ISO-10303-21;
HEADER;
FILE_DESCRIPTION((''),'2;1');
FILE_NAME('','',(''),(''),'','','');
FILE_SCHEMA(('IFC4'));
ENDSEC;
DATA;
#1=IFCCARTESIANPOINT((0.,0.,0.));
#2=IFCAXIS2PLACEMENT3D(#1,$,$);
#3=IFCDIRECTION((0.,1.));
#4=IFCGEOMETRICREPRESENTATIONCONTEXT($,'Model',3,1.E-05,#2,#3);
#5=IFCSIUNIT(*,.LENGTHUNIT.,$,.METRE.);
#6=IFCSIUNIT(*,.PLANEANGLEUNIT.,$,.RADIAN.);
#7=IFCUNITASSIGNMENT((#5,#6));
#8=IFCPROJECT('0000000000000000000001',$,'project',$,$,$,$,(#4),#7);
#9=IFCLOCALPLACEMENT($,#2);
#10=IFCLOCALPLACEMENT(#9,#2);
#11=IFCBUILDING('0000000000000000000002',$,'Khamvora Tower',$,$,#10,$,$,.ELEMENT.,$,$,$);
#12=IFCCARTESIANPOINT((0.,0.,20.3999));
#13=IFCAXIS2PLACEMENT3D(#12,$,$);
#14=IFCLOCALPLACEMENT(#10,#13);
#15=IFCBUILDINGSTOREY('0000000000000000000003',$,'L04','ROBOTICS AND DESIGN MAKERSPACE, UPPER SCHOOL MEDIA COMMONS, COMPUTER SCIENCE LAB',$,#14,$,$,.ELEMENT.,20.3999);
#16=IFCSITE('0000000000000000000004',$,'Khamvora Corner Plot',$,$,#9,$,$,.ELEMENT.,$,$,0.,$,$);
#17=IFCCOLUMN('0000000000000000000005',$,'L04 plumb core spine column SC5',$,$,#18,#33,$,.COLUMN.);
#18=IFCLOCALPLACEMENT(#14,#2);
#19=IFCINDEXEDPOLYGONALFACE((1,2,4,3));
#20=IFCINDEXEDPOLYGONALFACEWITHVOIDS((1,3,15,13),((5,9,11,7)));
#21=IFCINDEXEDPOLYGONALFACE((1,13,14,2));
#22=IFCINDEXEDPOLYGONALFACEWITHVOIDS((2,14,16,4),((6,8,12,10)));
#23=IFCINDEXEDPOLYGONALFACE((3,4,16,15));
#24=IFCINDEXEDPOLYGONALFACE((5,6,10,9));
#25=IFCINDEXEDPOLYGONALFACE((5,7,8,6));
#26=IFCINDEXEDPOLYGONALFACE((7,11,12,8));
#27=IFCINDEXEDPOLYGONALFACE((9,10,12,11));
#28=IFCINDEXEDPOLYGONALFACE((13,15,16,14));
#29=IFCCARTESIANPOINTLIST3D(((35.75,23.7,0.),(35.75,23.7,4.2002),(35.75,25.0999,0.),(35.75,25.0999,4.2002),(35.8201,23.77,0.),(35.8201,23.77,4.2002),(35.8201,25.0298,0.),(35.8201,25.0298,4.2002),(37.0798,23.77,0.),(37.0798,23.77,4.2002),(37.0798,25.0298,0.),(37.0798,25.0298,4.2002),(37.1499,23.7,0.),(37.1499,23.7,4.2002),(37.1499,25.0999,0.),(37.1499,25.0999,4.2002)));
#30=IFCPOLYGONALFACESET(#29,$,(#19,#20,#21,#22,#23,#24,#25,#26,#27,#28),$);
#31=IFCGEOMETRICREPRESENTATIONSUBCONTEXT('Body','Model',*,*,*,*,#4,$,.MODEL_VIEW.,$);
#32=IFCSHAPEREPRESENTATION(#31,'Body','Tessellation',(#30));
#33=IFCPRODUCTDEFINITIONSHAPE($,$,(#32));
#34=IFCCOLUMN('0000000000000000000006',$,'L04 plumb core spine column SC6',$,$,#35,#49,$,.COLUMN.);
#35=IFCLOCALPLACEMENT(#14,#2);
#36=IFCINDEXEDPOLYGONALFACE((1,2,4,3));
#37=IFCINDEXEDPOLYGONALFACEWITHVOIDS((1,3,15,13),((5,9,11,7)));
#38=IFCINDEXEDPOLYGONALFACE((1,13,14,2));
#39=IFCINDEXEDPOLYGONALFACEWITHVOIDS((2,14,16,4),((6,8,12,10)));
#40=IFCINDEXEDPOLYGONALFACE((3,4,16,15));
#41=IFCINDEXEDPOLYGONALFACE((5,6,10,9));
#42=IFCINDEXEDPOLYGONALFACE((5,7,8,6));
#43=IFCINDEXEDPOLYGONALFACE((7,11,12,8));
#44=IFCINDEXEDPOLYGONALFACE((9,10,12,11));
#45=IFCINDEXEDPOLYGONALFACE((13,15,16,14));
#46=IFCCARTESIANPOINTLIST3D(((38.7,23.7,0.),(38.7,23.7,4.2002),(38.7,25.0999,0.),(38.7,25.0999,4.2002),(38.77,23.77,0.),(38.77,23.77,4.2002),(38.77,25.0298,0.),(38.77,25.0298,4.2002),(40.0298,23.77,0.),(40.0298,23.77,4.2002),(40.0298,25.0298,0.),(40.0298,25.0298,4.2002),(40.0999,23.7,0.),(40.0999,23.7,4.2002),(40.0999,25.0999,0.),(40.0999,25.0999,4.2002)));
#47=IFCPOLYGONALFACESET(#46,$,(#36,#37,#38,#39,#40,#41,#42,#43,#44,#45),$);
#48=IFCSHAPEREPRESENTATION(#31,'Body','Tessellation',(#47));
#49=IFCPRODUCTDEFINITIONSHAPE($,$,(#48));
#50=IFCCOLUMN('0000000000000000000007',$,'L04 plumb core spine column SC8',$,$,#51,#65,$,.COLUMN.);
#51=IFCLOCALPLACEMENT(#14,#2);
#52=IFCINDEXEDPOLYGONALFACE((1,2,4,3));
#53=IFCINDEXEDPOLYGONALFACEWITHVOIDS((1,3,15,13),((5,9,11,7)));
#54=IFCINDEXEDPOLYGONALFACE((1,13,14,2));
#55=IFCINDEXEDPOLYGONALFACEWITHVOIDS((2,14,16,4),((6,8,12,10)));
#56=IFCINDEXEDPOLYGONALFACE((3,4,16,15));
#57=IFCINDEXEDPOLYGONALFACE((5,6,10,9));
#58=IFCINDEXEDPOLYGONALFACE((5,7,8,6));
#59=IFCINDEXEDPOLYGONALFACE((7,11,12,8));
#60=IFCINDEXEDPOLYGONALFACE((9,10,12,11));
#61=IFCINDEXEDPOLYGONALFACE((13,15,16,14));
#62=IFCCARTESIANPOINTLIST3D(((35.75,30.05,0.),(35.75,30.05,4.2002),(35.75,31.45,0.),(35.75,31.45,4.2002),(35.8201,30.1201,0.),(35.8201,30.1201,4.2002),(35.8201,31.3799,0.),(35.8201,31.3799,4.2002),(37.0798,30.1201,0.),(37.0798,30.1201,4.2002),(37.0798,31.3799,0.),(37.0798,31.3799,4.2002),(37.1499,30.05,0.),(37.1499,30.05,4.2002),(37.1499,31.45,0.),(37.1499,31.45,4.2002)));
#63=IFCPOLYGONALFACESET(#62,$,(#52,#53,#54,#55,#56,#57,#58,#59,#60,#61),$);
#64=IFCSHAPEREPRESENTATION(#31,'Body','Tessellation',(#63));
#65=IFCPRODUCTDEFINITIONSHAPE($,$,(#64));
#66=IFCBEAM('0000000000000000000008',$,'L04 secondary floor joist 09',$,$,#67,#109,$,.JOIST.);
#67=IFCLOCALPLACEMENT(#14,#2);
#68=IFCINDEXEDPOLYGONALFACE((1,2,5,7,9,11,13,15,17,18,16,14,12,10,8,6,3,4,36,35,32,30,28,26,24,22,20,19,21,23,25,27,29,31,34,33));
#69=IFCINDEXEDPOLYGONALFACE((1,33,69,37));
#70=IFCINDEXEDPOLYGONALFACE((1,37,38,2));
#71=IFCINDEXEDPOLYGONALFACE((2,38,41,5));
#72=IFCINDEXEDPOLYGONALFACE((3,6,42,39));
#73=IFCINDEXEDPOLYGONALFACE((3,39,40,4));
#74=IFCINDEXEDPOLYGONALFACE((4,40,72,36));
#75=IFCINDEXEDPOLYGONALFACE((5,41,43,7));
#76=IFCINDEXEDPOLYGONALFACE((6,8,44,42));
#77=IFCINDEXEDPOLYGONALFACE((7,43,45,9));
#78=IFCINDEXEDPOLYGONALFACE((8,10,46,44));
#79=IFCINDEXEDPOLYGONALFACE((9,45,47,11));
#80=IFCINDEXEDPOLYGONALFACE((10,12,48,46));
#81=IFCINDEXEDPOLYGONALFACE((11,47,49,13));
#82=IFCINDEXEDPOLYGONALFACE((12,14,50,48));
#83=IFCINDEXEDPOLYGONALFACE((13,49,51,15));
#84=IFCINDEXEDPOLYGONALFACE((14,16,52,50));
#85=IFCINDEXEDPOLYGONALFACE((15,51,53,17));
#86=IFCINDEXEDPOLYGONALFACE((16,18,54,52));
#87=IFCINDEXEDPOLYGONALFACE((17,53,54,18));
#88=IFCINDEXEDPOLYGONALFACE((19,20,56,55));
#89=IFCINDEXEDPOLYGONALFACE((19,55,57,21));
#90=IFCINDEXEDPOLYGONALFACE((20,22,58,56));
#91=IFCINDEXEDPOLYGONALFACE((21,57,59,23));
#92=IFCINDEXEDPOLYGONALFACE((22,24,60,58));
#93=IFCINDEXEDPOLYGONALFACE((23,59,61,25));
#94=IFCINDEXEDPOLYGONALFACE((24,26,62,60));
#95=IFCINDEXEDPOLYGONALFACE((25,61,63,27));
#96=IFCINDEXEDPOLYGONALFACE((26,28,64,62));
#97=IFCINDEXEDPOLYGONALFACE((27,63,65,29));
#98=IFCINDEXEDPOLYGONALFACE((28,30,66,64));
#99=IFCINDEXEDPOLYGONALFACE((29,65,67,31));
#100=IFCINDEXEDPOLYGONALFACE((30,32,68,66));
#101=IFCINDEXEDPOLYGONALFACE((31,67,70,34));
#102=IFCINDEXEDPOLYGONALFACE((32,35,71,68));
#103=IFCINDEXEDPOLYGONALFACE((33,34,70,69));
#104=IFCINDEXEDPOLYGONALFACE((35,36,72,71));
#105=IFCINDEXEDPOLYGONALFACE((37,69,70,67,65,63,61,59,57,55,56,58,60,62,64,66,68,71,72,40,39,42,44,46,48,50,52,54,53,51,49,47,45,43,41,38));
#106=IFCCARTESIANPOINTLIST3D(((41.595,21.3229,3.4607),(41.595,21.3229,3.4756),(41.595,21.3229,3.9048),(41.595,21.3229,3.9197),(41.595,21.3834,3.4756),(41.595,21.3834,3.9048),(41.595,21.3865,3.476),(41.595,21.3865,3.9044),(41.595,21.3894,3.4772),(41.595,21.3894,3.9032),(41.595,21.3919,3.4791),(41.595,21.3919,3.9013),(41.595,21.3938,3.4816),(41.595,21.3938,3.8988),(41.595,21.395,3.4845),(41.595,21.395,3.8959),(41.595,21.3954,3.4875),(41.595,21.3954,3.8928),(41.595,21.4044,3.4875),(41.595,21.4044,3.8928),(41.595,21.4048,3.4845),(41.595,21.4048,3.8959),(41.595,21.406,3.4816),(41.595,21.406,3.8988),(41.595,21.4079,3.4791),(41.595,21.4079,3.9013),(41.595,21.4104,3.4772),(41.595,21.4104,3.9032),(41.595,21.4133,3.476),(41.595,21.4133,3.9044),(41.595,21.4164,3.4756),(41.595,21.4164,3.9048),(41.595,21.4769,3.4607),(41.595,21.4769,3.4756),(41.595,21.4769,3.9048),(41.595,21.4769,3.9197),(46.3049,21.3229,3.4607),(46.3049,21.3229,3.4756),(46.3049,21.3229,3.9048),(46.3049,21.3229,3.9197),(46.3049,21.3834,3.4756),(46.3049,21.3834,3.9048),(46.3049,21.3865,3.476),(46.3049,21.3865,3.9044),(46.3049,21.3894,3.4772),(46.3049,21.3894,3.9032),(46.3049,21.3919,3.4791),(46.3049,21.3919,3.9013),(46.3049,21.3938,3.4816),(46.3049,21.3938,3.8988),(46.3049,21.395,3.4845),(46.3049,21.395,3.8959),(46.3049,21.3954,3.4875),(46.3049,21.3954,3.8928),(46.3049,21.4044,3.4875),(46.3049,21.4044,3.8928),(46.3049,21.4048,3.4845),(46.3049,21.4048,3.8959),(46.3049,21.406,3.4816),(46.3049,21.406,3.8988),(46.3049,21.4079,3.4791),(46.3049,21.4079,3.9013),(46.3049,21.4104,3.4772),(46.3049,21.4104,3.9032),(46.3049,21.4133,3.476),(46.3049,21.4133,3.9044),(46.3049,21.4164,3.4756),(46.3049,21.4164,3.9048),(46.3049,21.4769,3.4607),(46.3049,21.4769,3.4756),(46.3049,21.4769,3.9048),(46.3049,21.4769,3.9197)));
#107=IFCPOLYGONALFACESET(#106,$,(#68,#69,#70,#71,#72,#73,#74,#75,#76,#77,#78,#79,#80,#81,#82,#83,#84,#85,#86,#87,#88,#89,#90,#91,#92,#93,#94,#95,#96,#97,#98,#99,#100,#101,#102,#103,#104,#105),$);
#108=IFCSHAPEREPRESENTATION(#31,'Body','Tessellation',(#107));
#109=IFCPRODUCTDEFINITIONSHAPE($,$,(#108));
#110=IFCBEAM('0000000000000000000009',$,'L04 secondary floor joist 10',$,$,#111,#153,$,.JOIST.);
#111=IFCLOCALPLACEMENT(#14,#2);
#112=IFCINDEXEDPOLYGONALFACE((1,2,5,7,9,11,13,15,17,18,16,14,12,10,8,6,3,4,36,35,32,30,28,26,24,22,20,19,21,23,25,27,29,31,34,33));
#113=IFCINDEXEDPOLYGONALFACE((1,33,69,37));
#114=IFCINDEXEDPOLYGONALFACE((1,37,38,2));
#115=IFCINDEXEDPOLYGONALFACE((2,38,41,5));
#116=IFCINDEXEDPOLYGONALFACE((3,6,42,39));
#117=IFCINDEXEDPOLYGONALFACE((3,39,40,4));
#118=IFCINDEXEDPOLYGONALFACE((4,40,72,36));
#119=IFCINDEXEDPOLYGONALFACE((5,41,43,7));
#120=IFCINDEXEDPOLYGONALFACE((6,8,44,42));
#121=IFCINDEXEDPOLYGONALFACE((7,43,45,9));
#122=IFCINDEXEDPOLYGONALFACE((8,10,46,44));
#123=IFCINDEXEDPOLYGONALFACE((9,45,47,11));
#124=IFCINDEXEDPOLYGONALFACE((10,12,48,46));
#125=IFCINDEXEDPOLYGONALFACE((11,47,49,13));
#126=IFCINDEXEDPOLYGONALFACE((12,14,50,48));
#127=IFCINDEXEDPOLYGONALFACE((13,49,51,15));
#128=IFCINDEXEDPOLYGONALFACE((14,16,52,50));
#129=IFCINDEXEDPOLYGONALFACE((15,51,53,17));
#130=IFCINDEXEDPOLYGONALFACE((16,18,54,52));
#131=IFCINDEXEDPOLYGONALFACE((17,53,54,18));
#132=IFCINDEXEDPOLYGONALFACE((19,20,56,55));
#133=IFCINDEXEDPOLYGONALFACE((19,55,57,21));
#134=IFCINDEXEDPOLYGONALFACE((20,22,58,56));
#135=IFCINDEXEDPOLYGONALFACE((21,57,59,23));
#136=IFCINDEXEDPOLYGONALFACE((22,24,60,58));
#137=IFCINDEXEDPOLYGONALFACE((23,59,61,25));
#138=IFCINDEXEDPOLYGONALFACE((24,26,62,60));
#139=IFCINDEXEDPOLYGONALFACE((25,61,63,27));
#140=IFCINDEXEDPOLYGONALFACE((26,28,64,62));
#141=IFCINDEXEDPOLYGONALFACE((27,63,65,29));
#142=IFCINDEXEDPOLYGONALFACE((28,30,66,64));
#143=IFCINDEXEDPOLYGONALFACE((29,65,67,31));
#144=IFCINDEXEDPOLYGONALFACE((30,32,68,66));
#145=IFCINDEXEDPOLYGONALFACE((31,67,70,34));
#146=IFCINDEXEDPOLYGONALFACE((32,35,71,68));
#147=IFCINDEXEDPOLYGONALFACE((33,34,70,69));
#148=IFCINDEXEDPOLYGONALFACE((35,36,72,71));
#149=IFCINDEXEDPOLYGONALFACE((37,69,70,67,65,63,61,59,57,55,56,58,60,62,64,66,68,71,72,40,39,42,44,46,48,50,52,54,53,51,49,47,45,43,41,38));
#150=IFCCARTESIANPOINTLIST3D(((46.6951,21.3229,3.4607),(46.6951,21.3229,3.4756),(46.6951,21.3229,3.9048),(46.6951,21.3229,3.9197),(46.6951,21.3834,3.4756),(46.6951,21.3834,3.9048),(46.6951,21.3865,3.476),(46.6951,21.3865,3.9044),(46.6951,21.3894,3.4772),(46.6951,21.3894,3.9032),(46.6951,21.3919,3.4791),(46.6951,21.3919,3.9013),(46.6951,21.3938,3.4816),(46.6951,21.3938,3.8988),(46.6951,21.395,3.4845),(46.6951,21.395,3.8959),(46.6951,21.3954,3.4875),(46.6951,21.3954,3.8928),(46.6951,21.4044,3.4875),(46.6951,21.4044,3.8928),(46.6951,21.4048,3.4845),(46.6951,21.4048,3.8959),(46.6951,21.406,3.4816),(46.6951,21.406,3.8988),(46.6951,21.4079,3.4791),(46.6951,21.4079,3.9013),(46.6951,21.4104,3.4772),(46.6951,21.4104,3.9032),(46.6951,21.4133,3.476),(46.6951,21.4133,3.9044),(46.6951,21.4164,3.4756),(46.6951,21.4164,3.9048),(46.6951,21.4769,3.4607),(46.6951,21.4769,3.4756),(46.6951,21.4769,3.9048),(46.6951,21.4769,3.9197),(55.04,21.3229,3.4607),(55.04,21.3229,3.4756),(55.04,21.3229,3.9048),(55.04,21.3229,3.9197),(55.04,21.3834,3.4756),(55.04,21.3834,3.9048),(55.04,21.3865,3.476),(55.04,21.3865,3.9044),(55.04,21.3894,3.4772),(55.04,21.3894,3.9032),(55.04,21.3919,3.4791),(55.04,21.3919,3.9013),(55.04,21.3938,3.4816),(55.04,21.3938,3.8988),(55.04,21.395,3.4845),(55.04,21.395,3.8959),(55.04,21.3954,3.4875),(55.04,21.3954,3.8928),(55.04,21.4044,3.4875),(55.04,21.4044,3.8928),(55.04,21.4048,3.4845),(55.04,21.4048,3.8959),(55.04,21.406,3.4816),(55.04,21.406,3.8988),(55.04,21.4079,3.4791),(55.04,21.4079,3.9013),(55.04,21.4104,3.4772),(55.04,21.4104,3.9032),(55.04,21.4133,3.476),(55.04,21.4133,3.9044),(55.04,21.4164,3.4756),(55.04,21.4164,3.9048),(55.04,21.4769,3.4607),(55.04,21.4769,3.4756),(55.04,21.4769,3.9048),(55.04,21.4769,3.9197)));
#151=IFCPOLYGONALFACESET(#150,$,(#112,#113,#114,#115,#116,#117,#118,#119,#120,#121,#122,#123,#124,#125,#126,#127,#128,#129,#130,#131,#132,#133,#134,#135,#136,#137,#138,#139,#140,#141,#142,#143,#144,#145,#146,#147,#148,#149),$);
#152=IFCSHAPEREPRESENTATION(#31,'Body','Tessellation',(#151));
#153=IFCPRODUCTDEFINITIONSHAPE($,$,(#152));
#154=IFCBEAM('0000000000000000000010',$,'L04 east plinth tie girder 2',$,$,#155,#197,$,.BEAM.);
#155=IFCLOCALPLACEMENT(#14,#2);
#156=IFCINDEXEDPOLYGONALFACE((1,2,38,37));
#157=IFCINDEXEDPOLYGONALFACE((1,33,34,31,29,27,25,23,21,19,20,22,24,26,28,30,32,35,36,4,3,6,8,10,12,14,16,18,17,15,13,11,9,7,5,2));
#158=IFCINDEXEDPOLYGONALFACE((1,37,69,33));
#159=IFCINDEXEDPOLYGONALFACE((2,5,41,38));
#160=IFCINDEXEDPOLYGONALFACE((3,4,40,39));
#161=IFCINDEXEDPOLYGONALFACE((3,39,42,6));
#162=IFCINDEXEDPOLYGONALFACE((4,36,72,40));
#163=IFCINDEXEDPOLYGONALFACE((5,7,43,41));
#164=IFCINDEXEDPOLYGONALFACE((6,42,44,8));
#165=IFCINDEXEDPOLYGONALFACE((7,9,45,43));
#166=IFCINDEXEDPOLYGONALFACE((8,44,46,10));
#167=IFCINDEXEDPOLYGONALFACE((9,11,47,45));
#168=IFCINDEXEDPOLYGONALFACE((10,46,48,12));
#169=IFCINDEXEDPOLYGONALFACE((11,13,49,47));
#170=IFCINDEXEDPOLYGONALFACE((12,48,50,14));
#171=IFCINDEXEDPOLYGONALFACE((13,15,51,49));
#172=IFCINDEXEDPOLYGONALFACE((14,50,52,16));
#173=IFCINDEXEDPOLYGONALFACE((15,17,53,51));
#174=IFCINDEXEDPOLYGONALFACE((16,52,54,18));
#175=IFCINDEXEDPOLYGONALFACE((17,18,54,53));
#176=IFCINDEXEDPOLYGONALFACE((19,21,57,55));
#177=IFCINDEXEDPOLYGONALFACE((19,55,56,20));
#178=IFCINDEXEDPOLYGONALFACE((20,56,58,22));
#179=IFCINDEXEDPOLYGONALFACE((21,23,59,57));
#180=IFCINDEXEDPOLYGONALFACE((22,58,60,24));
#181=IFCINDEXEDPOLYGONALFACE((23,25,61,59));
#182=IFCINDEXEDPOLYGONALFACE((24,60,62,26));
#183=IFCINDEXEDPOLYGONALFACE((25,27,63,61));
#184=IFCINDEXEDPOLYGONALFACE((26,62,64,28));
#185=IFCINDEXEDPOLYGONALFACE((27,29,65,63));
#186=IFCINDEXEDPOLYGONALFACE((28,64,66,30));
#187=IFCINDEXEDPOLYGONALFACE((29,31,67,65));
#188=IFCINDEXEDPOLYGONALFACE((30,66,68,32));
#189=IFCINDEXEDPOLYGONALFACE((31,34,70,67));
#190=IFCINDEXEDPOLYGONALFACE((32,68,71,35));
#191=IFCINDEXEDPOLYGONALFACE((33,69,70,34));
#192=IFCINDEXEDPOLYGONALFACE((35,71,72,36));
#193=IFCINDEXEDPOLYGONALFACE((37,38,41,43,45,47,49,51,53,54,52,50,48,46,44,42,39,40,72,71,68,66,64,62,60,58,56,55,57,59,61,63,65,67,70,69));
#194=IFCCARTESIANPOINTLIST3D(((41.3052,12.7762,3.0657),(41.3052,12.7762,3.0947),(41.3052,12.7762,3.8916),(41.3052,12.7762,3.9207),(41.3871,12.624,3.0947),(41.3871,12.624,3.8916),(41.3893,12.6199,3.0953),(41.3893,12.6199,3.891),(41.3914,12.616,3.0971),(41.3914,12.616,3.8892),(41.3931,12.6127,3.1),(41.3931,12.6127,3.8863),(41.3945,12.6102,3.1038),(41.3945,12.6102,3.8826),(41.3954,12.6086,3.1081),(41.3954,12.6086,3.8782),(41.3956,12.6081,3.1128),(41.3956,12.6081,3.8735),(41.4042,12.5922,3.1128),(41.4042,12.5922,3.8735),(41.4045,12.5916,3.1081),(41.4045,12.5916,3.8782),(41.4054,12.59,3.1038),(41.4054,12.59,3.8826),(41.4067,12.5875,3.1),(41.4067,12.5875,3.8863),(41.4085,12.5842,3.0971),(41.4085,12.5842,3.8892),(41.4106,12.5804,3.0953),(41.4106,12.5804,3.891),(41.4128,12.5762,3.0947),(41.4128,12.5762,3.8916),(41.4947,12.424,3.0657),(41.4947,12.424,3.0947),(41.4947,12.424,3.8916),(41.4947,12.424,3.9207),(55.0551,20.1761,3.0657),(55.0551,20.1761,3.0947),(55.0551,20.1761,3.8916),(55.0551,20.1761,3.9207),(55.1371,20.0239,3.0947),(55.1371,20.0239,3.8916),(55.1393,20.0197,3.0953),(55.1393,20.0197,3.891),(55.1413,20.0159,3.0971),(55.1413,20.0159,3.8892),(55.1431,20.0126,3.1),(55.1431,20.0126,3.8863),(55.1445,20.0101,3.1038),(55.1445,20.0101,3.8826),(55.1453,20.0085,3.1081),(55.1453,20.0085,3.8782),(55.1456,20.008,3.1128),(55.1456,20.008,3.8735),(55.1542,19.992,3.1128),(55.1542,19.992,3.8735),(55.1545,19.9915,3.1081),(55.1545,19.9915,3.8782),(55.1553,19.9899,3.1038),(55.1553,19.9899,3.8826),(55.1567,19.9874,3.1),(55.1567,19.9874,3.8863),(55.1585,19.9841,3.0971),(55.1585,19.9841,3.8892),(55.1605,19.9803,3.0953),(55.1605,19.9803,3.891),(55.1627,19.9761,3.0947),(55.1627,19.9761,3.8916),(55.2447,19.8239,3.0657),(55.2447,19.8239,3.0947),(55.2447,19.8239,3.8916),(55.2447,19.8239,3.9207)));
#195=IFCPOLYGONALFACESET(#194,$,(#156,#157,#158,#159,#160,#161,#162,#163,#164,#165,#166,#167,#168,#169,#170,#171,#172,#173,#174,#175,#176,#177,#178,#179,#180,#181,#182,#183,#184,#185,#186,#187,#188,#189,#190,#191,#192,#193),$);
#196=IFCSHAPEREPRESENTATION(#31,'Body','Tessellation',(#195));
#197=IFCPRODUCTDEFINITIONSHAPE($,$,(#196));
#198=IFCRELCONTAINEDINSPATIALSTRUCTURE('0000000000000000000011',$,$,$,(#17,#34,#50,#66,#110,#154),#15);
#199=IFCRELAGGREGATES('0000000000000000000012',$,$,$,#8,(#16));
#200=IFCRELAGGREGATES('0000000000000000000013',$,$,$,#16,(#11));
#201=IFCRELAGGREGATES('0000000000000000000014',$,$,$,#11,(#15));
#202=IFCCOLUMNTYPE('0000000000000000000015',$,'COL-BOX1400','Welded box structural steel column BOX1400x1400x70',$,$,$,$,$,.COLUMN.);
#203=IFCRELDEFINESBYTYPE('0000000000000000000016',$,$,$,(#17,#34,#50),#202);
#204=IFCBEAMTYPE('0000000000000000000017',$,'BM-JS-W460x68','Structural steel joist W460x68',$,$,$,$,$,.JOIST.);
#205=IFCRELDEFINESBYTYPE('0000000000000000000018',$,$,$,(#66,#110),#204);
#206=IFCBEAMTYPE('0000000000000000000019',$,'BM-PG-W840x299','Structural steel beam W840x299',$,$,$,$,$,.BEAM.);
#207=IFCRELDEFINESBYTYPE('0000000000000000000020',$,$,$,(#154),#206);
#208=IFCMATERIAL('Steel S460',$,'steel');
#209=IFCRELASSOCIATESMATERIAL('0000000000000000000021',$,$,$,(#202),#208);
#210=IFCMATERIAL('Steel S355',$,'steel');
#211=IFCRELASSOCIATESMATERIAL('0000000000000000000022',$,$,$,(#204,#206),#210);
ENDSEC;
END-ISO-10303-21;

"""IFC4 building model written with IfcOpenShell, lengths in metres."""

from ifc_helpers import new_model, si_unit, direction, frame, origin, origin_2d, place, context, subcontext, project, spatial, hollow_rectangle, i_section, extrude, material, material_profile, profile_set, type_object, element, save


model = new_model("IFC4")

# Units and contexts
model_context = context("Model", 3, precision=1e-05, world=origin(), true_north=direction((0.0, 1.0)))
body_context = subcontext(model_context, "Body", "Model", "MODEL_VIEW")
ifc_project = project(units=[si_unit("LENGTHUNIT", "METRE"), si_unit("PLANEANGLEUNIT", "RADIAN")], contexts=[model_context])

# Site, building, storey
site_placement = place(None, origin())
site = spatial("IfcSite", under=ifc_project, at=site_placement, Name="Khamvora Corner Plot", CompositionType="ELEMENT", RefElevation=0.0)
building_placement = place(site_placement, origin())
building = spatial("IfcBuilding", under=site, at=building_placement, Name="Khamvora Tower", CompositionType="ELEMENT")
storey_placement = place(building_placement, frame((0.0, 0.0, 20.3999)))
storey = spatial("IfcBuildingStorey", under=building, at=storey_placement, Name="L04", Description="ROBOTICS AND DESIGN MAKERSPACE, UPPER SCHOOL MEDIA COMMONS, COMPUTER SCIENCE LAB", CompositionType="ELEMENT", Elevation=20.3999)

# Columns
ifc_material_1 = material(Name="Steel S460", Category="steel")
ifc_material_profile_1 = material_profile(ifc_material_1, hollow_rectangle(XDim=1.3999, YDim=1.3999, WallThickness=0.0701, at=origin_2d()), Name="BOX1400x1400x70")
ifc_profile_set_1 = profile_set([ifc_material_profile_1], Name="Steel S460")
column_type = type_object("IfcColumnType", Name="COL-BOX1400", Description="Welded box structural steel column BOX1400x1400x70", PredefinedType="COLUMN", material=ifc_profile_set_1)
for number, where, z_axis, x_axis, name in (
    (1, (36.45, 24.3999, 0.0), (0.0, 0.0, 1.0), (1.0, 0.0, 0.0), "L04 plumb core spine column SC5"),
    (2, (39.3999, 24.3999, 0.0), (0.0, 0.0, 1.0), (1.0, 0.0, 0.0), "L04 plumb core spine column SC6"),
    (3, (36.45, 30.75, 0.0), (0.0, 0.0, 1.0), (1.0, 0.0, 0.0), "L04 plumb core spine column SC8"),
):
    element("IfcColumn", number, at=place(storey_placement, frame(where, z_axis=z_axis, x_axis=x_axis)), inside=storey, type_object=column_type, Name=name, PredefinedType="COLUMN", context=body_context, shape_type="SweptSolid", body=[
        extrude(hollow_rectangle(XDim=1.3999, YDim=1.3999, WallThickness=0.0701, at=origin_2d()), origin(), (0.0, 0.0, 1.0), 4.2002),
    ])

# Beams
ifc_material_2 = material(Name="Steel S355", Category="steel")
ifc_material_profile_2 = material_profile(ifc_material_2, i_section(OverallWidth=0.1541, OverallDepth=0.459, WebThickness=0.009, FlangeThickness=0.0149, FilletRadius=0.012, at=origin_2d()), Name="W460x68")
ifc_profile_set_2 = profile_set([ifc_material_profile_2], Name="Steel S355")
beam_type_1 = type_object("IfcBeamType", Name="BM-JS-W460x68", Description="Structural steel joist W460x68", PredefinedType="JOIST", material=ifc_profile_set_2)
beam_1_placement = place(storey_placement, frame((41.595, 21.3999, 3.6902), z_axis=(1.0, 0.0, 0.0), x_axis=(0.0, 1.0, 0.0)))
element("IfcBeam", 4, at=beam_1_placement, inside=storey, type_object=beam_type_1, Name="L04 secondary floor joist 09", PredefinedType="JOIST", context=body_context, shape_type="SweptSolid", body=[
    extrude(i_section(OverallWidth=0.1541, OverallDepth=0.459, WebThickness=0.009, FlangeThickness=0.0149, FilletRadius=0.012, at=origin_2d()), origin(), (0.0, 0.0, 1.0), 4.71),
])
beam_2_placement = place(storey_placement, frame((46.6951, 21.3999, 3.6902), z_axis=(1.0, 0.0, 0.0), x_axis=(0.0, 1.0, 0.0)))
element("IfcBeam", 5, at=beam_2_placement, inside=storey, type_object=beam_type_1, Name="L04 secondary floor joist 10", PredefinedType="JOIST", context=body_context, shape_type="SweptSolid", body=[
    extrude(i_section(OverallWidth=0.1541, OverallDepth=0.459, WebThickness=0.009, FlangeThickness=0.0149, FilletRadius=0.012, at=origin_2d()), origin(), (0.0, 0.0, 1.0), 8.345),
])
ifc_material_profile_3 = material_profile(ifc_material_2, i_section(OverallWidth=0.3999, OverallDepth=0.855, WebThickness=0.0181, FlangeThickness=0.0291, FilletRadius=0.0181, at=origin_2d()), Name="W840x299")
ifc_profile_set_3 = profile_set([ifc_material_profile_3], Name="Steel S355")
beam_type_2 = type_object("IfcBeamType", Name="BM-PG-W840x299", Description="Structural steel beam W840x299", PredefinedType="BEAM", material=ifc_profile_set_3)
beam_3_placement = place(storey_placement, frame((55.1499, 20.0, 3.4932), z_axis=(-0.880577, -0.473904, 0.0), x_axis=(0.473904, -0.880577, 0.0)))
element("IfcBeam", 6, at=beam_3_placement, inside=storey, type_object=beam_type_2, Name="L04 east plinth tie girder 2", PredefinedType="BEAM", context=body_context, shape_type="SweptSolid", body=[
    extrude(i_section(OverallWidth=0.3999, OverallDepth=0.855, WebThickness=0.0181, FlangeThickness=0.0291, FilletRadius=0.0181, at=origin_2d()), origin(), (0.0, 0.0, 1.0), 15.6147),
])

save(model, "model.ifc")
